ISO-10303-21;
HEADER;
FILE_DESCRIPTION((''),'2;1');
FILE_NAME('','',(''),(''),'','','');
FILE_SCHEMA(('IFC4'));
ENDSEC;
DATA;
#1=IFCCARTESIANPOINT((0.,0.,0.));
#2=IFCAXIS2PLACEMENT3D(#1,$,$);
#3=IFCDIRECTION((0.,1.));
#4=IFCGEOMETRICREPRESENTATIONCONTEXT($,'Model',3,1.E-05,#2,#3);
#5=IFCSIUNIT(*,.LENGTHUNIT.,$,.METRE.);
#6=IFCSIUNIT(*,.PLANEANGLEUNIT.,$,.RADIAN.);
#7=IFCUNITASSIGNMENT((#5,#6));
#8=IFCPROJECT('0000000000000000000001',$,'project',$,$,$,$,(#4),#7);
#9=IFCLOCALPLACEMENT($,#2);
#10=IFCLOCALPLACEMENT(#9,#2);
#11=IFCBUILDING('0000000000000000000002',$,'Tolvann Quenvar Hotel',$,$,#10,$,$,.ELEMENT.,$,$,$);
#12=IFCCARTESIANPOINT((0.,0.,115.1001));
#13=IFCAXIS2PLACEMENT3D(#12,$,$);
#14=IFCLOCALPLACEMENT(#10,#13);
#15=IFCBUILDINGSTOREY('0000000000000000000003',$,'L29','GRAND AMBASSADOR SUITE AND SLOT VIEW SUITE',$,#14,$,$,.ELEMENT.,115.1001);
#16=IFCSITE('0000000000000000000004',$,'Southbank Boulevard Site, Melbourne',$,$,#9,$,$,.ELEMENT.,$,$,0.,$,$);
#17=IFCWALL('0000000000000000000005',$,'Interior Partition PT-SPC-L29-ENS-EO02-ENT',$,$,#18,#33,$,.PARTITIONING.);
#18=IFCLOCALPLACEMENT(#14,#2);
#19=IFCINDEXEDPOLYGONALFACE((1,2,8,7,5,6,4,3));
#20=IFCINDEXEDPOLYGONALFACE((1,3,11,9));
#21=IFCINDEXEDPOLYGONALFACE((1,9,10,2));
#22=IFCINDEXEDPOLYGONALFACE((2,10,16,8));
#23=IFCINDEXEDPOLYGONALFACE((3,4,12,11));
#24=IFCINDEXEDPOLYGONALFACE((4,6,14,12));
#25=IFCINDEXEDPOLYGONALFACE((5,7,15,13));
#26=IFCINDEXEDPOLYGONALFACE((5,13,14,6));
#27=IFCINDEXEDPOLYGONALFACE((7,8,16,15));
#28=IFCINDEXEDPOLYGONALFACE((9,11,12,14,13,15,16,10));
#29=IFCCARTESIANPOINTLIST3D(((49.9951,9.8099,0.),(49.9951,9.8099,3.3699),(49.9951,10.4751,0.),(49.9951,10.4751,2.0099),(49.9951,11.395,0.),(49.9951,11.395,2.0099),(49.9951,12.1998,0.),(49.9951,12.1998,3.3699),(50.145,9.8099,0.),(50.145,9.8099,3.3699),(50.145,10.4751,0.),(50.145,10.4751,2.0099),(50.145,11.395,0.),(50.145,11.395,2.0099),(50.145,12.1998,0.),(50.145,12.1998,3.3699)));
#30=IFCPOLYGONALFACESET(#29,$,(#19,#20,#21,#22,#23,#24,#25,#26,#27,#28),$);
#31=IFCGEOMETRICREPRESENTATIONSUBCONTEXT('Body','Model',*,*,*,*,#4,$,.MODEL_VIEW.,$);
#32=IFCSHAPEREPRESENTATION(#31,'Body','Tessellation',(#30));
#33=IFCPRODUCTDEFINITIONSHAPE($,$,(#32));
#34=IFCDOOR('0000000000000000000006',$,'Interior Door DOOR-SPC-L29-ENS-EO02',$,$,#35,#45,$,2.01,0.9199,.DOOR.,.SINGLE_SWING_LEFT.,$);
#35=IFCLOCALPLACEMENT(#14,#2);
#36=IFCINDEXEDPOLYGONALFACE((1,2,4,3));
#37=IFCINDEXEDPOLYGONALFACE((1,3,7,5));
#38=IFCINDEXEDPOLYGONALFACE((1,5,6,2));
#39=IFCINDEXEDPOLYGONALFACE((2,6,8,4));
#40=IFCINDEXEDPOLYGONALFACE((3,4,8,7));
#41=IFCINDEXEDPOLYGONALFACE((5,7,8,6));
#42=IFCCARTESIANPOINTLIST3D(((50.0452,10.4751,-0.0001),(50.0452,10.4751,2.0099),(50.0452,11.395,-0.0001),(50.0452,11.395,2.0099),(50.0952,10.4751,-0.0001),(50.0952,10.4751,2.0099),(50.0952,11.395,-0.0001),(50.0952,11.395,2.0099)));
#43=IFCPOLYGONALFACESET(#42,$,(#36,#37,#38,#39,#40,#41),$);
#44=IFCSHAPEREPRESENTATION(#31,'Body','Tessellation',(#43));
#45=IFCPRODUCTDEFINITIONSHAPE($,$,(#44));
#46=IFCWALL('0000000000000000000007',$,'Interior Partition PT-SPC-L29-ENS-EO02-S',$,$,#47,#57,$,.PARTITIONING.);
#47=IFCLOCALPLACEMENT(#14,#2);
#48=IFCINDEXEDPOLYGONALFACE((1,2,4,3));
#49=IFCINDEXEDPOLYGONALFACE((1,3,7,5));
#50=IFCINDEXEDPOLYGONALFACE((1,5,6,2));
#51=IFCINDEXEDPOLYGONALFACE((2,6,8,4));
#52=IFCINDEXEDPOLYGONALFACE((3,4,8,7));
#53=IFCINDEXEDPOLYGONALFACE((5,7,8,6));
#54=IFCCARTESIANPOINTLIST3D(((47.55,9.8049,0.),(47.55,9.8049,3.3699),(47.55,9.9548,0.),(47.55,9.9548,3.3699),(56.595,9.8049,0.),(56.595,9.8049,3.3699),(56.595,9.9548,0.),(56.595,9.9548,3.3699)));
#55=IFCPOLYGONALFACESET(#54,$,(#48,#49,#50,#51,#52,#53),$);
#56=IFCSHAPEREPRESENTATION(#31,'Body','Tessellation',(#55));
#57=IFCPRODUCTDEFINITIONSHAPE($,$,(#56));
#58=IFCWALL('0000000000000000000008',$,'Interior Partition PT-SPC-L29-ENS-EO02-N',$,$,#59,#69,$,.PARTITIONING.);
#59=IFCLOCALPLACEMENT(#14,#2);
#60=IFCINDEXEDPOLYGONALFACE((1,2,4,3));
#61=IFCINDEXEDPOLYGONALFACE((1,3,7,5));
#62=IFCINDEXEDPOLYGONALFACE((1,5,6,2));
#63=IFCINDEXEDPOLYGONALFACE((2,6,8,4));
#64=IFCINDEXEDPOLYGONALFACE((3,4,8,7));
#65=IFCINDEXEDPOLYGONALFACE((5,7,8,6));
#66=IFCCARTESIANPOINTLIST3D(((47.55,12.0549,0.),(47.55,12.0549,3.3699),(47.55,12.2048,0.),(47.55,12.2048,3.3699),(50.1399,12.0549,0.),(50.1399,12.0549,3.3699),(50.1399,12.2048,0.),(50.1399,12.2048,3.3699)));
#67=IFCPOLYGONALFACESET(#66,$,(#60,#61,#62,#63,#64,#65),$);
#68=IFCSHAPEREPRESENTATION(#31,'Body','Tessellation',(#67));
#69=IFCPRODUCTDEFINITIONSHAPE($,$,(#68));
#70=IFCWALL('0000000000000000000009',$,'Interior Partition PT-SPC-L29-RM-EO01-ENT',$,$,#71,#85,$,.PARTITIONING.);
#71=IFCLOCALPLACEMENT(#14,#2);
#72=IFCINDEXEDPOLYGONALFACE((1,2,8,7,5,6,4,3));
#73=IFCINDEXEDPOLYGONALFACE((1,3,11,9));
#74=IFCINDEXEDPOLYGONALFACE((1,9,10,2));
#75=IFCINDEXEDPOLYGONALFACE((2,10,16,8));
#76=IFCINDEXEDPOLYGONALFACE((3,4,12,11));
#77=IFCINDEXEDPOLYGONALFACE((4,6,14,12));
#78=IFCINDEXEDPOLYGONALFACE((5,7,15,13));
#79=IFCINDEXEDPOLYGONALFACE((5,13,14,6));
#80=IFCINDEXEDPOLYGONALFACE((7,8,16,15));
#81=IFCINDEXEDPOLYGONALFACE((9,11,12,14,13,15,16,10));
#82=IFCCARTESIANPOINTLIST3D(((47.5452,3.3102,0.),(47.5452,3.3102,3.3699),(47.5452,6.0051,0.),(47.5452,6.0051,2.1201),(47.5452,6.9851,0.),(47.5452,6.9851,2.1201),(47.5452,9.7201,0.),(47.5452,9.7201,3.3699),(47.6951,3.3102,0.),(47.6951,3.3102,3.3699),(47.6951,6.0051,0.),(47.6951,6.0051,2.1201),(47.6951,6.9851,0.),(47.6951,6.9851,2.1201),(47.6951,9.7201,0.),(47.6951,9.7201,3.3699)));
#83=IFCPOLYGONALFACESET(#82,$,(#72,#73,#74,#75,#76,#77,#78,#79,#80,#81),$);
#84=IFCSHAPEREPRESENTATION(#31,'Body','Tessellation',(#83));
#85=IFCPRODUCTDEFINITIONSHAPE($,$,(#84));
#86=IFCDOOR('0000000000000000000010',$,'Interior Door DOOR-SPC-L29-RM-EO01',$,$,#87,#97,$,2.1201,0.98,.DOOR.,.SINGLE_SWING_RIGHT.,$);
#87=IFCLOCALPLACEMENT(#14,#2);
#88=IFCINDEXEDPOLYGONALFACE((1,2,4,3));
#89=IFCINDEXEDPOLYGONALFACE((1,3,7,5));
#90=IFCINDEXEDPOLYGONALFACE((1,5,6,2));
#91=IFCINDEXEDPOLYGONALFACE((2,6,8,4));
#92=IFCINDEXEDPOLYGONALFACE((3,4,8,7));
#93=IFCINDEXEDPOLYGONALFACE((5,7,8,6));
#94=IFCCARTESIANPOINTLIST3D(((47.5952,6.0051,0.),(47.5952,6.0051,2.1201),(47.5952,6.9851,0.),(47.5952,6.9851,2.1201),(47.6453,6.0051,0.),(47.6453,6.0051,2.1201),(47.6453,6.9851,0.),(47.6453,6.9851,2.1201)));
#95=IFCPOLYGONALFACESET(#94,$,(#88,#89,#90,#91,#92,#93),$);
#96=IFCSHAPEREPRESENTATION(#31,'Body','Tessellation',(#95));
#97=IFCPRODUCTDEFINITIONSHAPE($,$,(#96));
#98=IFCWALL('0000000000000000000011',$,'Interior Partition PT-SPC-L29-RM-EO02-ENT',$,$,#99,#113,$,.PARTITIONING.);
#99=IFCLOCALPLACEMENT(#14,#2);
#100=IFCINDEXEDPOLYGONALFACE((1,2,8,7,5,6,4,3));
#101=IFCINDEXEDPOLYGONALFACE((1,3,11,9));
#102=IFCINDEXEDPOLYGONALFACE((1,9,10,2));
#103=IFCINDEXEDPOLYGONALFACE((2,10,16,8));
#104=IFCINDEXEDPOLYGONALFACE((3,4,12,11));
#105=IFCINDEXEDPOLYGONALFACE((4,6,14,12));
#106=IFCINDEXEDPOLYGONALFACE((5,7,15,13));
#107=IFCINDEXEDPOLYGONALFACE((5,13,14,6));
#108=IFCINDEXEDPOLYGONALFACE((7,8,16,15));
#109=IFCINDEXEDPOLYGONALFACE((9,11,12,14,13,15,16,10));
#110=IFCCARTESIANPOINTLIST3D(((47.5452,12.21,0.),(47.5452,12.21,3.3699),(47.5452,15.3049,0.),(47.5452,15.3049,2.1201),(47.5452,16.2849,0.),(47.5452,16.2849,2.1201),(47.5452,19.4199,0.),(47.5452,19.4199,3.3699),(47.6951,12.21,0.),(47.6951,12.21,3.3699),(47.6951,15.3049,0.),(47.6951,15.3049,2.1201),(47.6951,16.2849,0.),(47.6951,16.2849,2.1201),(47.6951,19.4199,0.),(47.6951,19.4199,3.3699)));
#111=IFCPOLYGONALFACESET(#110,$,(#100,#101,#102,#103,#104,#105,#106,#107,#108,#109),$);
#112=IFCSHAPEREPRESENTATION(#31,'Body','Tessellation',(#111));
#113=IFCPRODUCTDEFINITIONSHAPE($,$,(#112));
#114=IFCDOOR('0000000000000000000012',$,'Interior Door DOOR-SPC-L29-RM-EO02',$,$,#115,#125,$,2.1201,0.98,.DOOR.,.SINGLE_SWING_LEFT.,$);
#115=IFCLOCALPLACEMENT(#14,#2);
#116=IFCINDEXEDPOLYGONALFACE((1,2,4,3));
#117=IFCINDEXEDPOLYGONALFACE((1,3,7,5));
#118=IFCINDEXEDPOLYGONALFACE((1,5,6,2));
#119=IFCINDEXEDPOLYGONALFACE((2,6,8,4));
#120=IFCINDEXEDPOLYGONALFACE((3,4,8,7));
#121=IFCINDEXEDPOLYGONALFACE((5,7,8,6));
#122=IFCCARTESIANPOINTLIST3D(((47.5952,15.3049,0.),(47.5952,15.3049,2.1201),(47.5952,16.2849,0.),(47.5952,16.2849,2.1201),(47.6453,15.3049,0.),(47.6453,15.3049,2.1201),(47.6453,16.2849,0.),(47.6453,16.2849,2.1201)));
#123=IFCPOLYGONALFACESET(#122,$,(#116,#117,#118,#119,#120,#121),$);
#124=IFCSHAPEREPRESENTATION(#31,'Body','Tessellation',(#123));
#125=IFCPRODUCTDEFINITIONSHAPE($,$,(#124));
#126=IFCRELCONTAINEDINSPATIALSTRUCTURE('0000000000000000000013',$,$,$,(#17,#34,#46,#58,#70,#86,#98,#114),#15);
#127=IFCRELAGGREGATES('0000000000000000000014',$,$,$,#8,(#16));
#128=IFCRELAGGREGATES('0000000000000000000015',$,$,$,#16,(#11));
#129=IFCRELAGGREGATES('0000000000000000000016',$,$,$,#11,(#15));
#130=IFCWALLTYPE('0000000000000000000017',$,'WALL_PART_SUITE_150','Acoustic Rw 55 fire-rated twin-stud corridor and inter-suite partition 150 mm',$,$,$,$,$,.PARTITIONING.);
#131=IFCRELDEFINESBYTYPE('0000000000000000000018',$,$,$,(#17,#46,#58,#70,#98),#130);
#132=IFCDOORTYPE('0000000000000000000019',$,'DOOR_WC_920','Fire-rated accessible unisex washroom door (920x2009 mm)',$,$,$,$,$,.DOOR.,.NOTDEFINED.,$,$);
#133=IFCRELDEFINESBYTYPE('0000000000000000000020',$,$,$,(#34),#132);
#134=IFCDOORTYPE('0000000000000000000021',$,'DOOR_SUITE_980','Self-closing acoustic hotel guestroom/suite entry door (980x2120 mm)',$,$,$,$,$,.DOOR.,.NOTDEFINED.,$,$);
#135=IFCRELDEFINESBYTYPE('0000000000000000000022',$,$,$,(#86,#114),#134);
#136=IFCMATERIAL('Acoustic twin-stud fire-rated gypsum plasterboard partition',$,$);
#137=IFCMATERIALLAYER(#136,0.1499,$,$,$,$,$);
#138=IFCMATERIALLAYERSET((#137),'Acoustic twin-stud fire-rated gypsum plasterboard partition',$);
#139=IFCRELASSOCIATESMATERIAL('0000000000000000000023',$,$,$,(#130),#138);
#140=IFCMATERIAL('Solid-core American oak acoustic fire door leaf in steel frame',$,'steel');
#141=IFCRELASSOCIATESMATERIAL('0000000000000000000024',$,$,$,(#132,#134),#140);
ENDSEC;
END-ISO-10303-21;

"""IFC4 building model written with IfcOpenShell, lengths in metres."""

from ifc_helpers import new_model, si_unit, direction, frame, frame_2d, origin, place, context, subcontext, project, spatial, rectangle, extrude, source, transform, mapped, material, layer, layer_set, type_object, type_shapes, element, fill, save


model = new_model("IFC4")

# Units and contexts
model_context = context("Model", 3, precision=1e-05, world=origin(), true_north=direction((0.0, 1.0)))
body_context = subcontext(model_context, "Body", "Model", "MODEL_VIEW")
ifc_project = project(units=[si_unit("LENGTHUNIT", "METRE"), si_unit("PLANEANGLEUNIT", "RADIAN")], contexts=[model_context])

# Site, building, storey
site_placement = place(None, origin())
site = spatial("IfcSite", under=ifc_project, at=site_placement, Name="Southbank Boulevard Site, Melbourne", CompositionType="ELEMENT", RefElevation=0.0)
building_placement = place(site_placement, origin())
building = spatial("IfcBuilding", under=site, at=building_placement, Name="Tolvann Quenvar Hotel", CompositionType="ELEMENT")
storey_placement = place(building_placement, frame((0.0, 0.0, 115.1001)))
storey = spatial("IfcBuildingStorey", under=building, at=storey_placement, Name="L29", Description="GRAND AMBASSADOR SUITE AND SLOT VIEW SUITE", CompositionType="ELEMENT", Elevation=115.1001)

# Shared definitions
ifc_material_1 = material(Name="Acoustic twin-stud fire-rated gypsum plasterboard partition")
ifc_layer_1 = layer(ifc_material_1, 0.1499)
ifc_layer_set_1 = layer_set([ifc_layer_1], Name="Acoustic twin-stud fire-rated gypsum plasterboard partition")
wall_type_1 = type_object("IfcWallType", Name="WALL_PART_SUITE_150", Description="Acoustic Rw 55 fire-rated twin-stud corridor and inter-suite partition 150 mm", PredefinedType="PARTITIONING", material=ifc_layer_set_1)

# Wall, opening, door
wall_1_placement = place(storey_placement, frame((50.0701, 9.8101, 0.0), z_axis=(0.0, 0.0, 1.0), x_axis=(0.0, 1.0, 0.0)))
wall_1 = element("IfcWall", 1, at=wall_1_placement, inside=storey, type_object=wall_type_1, Name="Interior Partition PT-SPC-L29-ENS-EO02-ENT", PredefinedType="PARTITIONING", context=body_context, shape_type="SweptSolid", body=[
    extrude(rectangle(XDim=2.3899, YDim=0.1499, at=frame_2d((1.1948, 0.0))), origin(), (0.0, 0.0, 1.0), 3.3699),
])
opening_1_placement = place(wall_1_placement, frame((0.665, 0.0, 0.0)))
opening_1 = element("IfcOpeningElement", 2, at=opening_1_placement, cuts=wall_1, PredefinedType="OPENING", context=body_context, shape_type="SweptSolid", body=[
    extrude(rectangle(XDim=0.9199, YDim=2.01, at=frame_2d((0.46, 1.0049))), frame((0.0, 0.085, 0.0), z_axis=(0.0, -1.0, 0.0), x_axis=(1.0, 0.0, 0.0)), (0.0, 0.0, 1.0), 0.1699),
])
ifc_material_2 = material(Name="Solid-core American oak acoustic fire door leaf in steel frame", Category="steel")
door_type_1 = type_object("IfcDoorType", Name="DOOR_WC_920", Description="Fire-rated accessible unisex washroom door (920x2009 mm)", OperationType="NOTDEFINED", PredefinedType="DOOR", material=ifc_material_2)
shared_shape_1 = source(origin(), body_context, "Body", "SweptSolid", [
    extrude(rectangle(XDim=0.9199, YDim=2.01, at=frame_2d((0.46, 1.0049))), frame((0.0, 0.0249, 0.0), z_axis=(0.0, -1.0, 0.0), x_axis=(1.0, 0.0, 0.0)), (0.0, 0.0, 1.0), 0.05),
])
type_shapes(door_type_1, [shared_shape_1])
door_1_placement = place(opening_1_placement, origin())
door_1 = element("IfcDoor", 3, at=door_1_placement, inside=storey, type_object=door_type_1, Name="Interior Door DOOR-SPC-L29-ENS-EO02", OperationType="SINGLE_SWING_LEFT", OverallHeight=2.01, OverallWidth=0.9199, PredefinedType="DOOR", context=body_context, shape_type="MappedRepresentation", body=[
    mapped(shared_shape_1, transform((0.0, 0.0, 0.0), x_axis=(1.0, 0.0, 0.0), y_axis=(0.0, 1.0, 0.0), z_axis=(0.0, 0.0, 1.0), scale=1.0)),
])
fill(opening_1, door_1)

# Walls
wall_2_placement = place(storey_placement, frame((47.55, 9.8799, 0.0), z_axis=(0.0, 0.0, 1.0), x_axis=(1.0, 0.0, 0.0)))
element("IfcWall", 4, at=wall_2_placement, inside=storey, type_object=wall_type_1, Name="Interior Partition PT-SPC-L29-ENS-EO02-S", PredefinedType="PARTITIONING", context=body_context, shape_type="SweptSolid", body=[
    extrude(rectangle(XDim=9.0449, YDim=0.1499, at=frame_2d((4.5225, 0.0))), origin(), (0.0, 0.0, 1.0), 3.3699),
])
wall_3_placement = place(storey_placement, frame((47.55, 12.1299, 0.0), z_axis=(0.0, 0.0, 1.0), x_axis=(1.0, 0.0, 0.0)))
element("IfcWall", 5, at=wall_3_placement, inside=storey, type_object=wall_type_1, Name="Interior Partition PT-SPC-L29-ENS-EO02-N", PredefinedType="PARTITIONING", context=body_context, shape_type="SweptSolid", body=[
    extrude(rectangle(XDim=2.5898, YDim=0.1499, at=frame_2d((1.2949, 0.0))), origin(), (0.0, 0.0, 1.0), 3.3699),
])

# Walls, openings, doors
wall_4_placement = place(storey_placement, frame((47.6201, 3.3101, 0.0), z_axis=(0.0, 0.0, 1.0), x_axis=(0.0, 1.0, 0.0)))
wall_4 = element("IfcWall", 6, at=wall_4_placement, inside=storey, type_object=wall_type_1, Name="Interior Partition PT-SPC-L29-RM-EO01-ENT", PredefinedType="PARTITIONING", context=body_context, shape_type="SweptSolid", body=[
    extrude(rectangle(XDim=6.4099, YDim=0.1499, at=frame_2d((3.2051, 0.0))), origin(), (0.0, 0.0, 1.0), 3.3699),
])
opening_2_placement = place(wall_4_placement, frame((2.6951, 0.0, 0.0)))
opening_2 = element("IfcOpeningElement", 7, at=opening_2_placement, cuts=wall_4, PredefinedType="OPENING", context=body_context, shape_type="SweptSolid", body=[
    extrude(rectangle(XDim=0.98, YDim=2.1201, at=frame_2d((0.49, 1.0601))), frame((0.0, 0.085, 0.0), z_axis=(0.0, -1.0, 0.0), x_axis=(1.0, 0.0, 0.0)), (0.0, 0.0, 1.0), 0.1699),
])
door_type_2 = type_object("IfcDoorType", Name="DOOR_SUITE_980", Description="Self-closing acoustic hotel guestroom/suite entry door (980x2120 mm)", OperationType="NOTDEFINED", PredefinedType="DOOR", material=ifc_material_2)
shared_shape_2 = source(origin(), body_context, "Body", "SweptSolid", [
    extrude(rectangle(XDim=0.98, YDim=2.1201, at=frame_2d((0.49, 1.0601))), frame((0.0, 0.0249, 0.0), z_axis=(0.0, -1.0, 0.0), x_axis=(1.0, 0.0, 0.0)), (0.0, 0.0, 1.0), 0.05),
])
type_shapes(door_type_2, [shared_shape_2])
door_2_placement = place(opening_2_placement, origin())
door_2 = element("IfcDoor", 8, at=door_2_placement, inside=storey, type_object=door_type_2, Name="Interior Door DOOR-SPC-L29-RM-EO01", OperationType="SINGLE_SWING_RIGHT", OverallHeight=2.1201, OverallWidth=0.98, PredefinedType="DOOR", context=body_context, shape_type="MappedRepresentation", body=[
    mapped(shared_shape_2, transform((0.0, 0.0, 0.0), x_axis=(1.0, 0.0, 0.0), y_axis=(0.0, 1.0, 0.0), z_axis=(0.0, 0.0, 1.0), scale=1.0)),
])
fill(opening_2, door_2)
wall_5_placement = place(storey_placement, frame((47.6201, 12.21, 0.0), z_axis=(0.0, 0.0, 1.0), x_axis=(0.0, 1.0, 0.0)))
wall_5 = element("IfcWall", 9, at=wall_5_placement, inside=storey, type_object=wall_type_1, Name="Interior Partition PT-SPC-L29-RM-EO02-ENT", PredefinedType="PARTITIONING", context=body_context, shape_type="SweptSolid", body=[
    extrude(rectangle(XDim=7.21, YDim=0.1499, at=frame_2d((3.605, 0.0))), origin(), (0.0, 0.0, 1.0), 3.3699),
])
opening_3_placement = place(wall_5_placement, frame((3.095, 0.0, 0.0)))
opening_3 = element("IfcOpeningElement", 10, at=opening_3_placement, cuts=wall_5, PredefinedType="OPENING", context=body_context, shape_type="SweptSolid", body=[
    extrude(rectangle(XDim=0.98, YDim=2.1201, at=frame_2d((0.49, 1.0601))), frame((0.0, 0.085, 0.0), z_axis=(0.0, -1.0, 0.0), x_axis=(1.0, 0.0, 0.0)), (0.0, 0.0, 1.0), 0.1699),
])
door_3_placement = place(opening_3_placement, origin())
door_3 = element("IfcDoor", 11, at=door_3_placement, inside=storey, type_object=door_type_2, Name="Interior Door DOOR-SPC-L29-RM-EO02", OperationType="SINGLE_SWING_LEFT", OverallHeight=2.1201, OverallWidth=0.98, PredefinedType="DOOR", context=body_context, shape_type="MappedRepresentation", body=[
    mapped(shared_shape_2, transform((0.0, 0.0, 0.0), x_axis=(1.0, 0.0, 0.0), y_axis=(0.0, 1.0, 0.0), z_axis=(0.0, 0.0, 1.0), scale=1.0)),
])
fill(opening_3, door_3)

save(model, "model.ifc")
